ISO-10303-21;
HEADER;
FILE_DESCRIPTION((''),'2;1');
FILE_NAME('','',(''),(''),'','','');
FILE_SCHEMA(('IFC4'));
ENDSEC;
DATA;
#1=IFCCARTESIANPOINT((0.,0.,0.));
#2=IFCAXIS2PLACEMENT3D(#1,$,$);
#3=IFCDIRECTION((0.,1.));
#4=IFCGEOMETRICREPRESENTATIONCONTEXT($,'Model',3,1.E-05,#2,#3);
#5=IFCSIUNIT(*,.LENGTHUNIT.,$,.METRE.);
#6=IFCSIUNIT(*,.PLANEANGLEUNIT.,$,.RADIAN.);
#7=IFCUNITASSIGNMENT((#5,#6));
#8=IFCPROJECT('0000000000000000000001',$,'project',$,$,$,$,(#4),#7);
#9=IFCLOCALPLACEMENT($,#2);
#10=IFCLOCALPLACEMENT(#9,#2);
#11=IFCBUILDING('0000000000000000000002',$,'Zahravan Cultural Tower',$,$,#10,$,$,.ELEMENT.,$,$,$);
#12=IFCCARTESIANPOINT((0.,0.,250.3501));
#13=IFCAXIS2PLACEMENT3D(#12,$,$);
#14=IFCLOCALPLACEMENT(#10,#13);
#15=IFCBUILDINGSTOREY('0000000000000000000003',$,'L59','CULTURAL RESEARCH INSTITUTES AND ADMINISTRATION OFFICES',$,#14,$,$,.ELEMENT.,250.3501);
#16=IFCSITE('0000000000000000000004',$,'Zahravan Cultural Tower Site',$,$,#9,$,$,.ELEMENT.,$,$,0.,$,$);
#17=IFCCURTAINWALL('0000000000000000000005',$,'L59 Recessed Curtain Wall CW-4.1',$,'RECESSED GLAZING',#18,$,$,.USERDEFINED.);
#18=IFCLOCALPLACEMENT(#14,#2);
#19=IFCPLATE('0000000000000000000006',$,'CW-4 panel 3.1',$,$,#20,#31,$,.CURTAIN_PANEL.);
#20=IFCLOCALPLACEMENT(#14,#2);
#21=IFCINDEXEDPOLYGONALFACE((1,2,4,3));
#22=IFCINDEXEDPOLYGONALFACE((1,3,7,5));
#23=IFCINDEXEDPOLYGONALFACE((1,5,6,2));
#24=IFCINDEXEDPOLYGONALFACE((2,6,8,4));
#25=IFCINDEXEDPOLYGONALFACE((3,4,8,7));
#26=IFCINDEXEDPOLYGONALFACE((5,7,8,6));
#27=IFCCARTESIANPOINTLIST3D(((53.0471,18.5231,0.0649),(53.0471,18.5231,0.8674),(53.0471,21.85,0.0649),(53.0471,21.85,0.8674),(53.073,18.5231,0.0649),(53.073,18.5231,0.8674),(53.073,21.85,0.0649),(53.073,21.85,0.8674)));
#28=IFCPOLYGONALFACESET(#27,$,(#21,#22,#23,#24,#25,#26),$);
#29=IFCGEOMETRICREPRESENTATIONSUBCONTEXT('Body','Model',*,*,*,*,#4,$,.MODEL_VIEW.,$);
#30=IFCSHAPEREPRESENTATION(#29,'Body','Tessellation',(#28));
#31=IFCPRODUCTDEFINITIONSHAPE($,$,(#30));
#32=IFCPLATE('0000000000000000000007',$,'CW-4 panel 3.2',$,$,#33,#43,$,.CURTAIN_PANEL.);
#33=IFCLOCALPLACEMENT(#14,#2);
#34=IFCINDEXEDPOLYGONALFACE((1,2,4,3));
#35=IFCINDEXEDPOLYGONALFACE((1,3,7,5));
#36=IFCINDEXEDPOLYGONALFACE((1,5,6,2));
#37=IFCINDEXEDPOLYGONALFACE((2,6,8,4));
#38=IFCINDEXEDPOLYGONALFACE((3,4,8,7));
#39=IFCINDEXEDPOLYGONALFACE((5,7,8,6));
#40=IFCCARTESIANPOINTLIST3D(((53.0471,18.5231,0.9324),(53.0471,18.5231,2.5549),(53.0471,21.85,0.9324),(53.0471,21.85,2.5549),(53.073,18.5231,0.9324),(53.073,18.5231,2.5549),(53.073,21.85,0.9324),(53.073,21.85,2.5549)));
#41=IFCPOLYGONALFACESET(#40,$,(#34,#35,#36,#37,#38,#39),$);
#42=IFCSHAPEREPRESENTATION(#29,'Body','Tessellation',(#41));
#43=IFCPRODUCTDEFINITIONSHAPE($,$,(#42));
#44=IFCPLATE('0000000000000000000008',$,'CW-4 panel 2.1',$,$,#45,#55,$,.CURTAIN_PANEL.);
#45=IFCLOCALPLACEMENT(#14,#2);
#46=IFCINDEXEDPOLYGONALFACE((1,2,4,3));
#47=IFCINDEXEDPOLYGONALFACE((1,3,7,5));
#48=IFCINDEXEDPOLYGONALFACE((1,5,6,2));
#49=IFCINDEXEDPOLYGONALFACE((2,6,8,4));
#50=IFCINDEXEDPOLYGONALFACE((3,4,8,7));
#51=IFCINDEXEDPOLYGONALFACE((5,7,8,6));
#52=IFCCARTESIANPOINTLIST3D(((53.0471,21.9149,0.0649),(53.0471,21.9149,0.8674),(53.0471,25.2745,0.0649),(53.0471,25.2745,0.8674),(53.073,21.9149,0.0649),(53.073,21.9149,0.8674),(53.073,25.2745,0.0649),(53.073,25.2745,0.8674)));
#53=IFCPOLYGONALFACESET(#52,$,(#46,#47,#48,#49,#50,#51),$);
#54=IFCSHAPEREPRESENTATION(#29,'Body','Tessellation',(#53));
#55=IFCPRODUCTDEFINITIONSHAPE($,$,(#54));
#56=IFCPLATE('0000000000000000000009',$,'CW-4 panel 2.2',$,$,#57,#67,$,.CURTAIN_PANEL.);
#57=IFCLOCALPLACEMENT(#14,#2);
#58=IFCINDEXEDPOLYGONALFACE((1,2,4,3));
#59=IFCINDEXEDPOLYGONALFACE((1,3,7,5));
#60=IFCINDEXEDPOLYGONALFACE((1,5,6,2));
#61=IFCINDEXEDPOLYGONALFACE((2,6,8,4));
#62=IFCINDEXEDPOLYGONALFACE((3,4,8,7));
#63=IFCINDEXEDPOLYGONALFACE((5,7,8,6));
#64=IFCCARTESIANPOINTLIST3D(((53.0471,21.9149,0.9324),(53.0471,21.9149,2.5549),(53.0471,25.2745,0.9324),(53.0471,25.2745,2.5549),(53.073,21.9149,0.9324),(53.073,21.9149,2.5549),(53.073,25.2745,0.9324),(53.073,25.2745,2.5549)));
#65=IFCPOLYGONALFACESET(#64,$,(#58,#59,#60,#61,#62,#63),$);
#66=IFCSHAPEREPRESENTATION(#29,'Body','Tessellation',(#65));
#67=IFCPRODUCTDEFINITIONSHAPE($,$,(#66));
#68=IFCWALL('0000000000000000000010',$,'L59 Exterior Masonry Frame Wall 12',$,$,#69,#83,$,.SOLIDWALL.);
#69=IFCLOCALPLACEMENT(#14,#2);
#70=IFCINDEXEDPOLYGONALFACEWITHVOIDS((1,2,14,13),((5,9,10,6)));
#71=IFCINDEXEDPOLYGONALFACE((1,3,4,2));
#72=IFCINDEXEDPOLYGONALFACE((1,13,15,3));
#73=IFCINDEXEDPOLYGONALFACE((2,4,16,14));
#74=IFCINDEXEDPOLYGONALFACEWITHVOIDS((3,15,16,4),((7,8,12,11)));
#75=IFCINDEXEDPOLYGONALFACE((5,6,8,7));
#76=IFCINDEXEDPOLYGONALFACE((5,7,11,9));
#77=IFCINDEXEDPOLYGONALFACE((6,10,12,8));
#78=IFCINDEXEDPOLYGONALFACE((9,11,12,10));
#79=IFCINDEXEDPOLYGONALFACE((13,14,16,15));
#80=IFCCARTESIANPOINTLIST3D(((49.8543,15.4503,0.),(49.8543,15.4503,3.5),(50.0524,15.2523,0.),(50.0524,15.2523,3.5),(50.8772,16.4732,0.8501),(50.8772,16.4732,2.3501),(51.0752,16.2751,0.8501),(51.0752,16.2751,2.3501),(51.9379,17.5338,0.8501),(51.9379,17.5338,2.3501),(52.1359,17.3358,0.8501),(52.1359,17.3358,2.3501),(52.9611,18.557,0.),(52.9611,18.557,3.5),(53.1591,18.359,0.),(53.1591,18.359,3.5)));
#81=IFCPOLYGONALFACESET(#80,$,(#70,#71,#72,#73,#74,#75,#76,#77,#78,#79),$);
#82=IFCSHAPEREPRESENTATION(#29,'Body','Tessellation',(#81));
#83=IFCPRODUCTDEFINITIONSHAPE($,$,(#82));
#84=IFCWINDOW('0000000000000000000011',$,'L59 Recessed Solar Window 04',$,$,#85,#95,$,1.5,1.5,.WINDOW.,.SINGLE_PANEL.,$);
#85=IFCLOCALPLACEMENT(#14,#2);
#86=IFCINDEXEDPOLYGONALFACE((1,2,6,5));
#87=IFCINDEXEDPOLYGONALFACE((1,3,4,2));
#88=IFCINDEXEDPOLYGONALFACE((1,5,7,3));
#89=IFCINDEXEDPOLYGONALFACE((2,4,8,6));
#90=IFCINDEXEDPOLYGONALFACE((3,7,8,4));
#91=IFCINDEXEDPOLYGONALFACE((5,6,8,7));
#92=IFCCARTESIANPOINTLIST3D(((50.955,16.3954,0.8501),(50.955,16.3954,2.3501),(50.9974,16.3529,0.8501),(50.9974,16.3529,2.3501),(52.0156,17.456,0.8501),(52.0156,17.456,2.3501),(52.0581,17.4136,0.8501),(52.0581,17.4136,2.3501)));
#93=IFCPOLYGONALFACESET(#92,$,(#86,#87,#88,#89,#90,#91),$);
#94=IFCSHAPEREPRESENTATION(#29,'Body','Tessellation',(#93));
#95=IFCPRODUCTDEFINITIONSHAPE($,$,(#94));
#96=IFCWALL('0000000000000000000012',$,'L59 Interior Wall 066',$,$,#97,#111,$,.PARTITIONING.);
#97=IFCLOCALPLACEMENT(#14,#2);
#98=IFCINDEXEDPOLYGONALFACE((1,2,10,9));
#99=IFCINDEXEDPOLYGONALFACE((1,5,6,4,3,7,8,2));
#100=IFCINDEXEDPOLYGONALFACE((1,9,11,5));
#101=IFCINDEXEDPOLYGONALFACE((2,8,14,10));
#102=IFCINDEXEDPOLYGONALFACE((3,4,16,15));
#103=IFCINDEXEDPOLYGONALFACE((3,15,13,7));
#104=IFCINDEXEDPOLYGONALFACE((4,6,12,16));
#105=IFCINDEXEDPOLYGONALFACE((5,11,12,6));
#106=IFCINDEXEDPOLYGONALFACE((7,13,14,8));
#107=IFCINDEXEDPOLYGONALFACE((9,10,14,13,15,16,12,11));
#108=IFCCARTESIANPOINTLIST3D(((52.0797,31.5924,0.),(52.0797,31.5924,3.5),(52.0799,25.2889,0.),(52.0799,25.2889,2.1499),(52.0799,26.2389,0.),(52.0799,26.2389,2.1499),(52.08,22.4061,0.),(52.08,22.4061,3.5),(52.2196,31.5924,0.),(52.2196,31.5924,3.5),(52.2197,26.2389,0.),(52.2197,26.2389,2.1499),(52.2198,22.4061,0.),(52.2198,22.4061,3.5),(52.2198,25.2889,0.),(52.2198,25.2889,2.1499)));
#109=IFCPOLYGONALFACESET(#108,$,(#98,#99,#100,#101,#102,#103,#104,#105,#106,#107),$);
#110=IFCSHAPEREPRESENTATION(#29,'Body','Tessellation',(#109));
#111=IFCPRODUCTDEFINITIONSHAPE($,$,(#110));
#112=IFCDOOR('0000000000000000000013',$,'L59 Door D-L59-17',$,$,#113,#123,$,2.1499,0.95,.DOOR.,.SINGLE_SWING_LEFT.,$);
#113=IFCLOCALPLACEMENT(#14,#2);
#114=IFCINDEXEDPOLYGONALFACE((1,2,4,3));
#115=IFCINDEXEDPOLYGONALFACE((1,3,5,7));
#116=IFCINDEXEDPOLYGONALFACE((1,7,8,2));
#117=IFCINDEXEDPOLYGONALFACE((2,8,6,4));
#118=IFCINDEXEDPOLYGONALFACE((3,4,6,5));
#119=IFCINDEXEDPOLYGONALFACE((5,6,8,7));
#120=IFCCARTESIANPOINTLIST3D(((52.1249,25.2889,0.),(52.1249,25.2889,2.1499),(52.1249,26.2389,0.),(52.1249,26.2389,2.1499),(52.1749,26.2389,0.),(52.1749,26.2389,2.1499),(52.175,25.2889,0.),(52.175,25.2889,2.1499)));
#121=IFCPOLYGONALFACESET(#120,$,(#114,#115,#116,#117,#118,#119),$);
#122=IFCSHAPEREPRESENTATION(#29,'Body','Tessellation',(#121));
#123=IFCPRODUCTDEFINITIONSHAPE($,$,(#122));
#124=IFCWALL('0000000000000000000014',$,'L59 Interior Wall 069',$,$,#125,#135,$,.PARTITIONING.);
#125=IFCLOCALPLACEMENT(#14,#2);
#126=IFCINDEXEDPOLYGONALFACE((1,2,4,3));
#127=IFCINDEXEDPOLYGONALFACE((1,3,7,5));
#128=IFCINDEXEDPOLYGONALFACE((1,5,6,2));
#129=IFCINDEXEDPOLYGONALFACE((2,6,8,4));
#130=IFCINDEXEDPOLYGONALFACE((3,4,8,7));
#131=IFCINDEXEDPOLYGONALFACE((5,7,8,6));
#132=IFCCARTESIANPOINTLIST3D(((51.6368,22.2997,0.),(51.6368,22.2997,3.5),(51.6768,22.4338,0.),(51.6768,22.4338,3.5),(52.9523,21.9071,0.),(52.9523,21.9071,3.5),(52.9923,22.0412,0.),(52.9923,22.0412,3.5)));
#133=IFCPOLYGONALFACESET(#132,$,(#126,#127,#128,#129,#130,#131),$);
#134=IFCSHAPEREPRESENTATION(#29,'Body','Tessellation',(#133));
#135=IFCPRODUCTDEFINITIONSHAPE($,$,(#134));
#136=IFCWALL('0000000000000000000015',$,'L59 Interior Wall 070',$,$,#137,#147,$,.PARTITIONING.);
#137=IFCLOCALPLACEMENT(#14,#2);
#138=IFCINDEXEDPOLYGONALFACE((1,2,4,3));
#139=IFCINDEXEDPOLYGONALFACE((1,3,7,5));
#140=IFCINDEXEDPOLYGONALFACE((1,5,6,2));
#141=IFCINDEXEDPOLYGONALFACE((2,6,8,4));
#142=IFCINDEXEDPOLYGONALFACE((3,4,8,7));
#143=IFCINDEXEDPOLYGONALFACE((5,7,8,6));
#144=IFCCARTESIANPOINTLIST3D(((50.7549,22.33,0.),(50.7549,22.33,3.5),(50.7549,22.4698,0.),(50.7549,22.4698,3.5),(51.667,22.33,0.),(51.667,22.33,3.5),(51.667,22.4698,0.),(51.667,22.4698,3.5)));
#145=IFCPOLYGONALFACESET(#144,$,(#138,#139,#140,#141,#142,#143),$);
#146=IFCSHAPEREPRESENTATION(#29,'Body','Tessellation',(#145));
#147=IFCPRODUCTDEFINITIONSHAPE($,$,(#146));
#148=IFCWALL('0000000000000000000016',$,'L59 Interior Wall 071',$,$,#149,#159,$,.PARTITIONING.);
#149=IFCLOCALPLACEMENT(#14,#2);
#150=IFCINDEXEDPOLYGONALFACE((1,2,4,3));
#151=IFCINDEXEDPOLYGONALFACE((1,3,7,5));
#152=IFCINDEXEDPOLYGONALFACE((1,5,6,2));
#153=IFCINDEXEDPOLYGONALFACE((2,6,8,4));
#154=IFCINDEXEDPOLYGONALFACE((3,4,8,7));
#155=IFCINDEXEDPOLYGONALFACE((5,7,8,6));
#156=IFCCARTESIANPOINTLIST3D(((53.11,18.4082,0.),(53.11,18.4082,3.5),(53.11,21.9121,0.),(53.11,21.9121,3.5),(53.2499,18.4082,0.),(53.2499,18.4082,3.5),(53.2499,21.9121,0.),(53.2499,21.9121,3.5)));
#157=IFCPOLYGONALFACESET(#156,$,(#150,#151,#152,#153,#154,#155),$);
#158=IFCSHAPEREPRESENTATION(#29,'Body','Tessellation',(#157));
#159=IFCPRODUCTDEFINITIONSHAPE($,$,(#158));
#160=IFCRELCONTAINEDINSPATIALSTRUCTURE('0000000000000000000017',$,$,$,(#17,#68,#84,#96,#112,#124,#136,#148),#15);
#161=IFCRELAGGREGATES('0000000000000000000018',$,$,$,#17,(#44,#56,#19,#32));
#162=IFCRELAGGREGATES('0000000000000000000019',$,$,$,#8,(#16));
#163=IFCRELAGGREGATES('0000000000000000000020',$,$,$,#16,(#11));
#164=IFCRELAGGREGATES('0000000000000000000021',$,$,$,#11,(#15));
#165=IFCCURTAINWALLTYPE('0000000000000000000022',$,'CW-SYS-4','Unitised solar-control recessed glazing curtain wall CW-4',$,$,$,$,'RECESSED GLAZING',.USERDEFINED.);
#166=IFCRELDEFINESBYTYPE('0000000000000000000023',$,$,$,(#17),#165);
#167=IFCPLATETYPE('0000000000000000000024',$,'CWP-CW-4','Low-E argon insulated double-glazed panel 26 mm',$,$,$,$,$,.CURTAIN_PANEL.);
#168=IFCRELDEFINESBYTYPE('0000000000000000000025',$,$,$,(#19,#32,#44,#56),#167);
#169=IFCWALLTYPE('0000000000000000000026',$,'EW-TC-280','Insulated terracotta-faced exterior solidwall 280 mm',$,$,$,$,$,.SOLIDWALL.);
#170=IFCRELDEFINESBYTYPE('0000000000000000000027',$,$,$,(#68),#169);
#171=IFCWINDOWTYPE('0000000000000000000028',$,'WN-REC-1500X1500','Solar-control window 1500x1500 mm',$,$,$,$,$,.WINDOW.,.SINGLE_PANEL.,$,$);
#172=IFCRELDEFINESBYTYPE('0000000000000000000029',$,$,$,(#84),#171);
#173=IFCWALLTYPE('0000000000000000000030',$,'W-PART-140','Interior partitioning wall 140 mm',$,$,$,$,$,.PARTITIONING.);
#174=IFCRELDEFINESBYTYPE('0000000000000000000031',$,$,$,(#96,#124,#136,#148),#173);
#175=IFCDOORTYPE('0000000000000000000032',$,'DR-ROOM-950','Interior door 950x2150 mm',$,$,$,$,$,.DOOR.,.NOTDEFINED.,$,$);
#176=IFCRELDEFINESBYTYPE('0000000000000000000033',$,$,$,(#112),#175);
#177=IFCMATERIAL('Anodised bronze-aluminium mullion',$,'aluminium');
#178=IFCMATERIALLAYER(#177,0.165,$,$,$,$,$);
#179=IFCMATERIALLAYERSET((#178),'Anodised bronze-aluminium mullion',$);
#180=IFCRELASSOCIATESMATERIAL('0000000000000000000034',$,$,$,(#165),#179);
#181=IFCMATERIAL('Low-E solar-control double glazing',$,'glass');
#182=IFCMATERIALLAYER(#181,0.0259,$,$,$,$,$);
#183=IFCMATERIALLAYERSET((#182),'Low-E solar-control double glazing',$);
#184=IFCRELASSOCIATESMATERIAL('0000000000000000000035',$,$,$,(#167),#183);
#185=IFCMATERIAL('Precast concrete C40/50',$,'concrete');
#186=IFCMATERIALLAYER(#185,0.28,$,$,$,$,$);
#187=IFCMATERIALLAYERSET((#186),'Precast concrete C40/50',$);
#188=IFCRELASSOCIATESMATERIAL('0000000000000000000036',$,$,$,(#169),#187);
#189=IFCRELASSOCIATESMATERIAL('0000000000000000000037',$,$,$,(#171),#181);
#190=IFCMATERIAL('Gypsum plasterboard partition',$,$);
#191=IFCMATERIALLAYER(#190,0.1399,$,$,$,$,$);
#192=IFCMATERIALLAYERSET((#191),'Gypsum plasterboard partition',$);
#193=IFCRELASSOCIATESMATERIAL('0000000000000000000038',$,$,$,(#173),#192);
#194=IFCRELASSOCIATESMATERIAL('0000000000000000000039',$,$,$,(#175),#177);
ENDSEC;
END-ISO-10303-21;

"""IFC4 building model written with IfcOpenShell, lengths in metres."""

from ifc_helpers import new_model, si_unit, direction, frame, frame_2d, origin, origin_2d, place, context, subcontext, project, spatial, rectangle, extrude, source, transform, mapped, material, layer, layer_set, type_object, element, fill, aggregate, save


model = new_model("IFC4")

# Units and contexts
model_context = context("Model", 3, precision=1e-05, world=origin(), true_north=direction((0.0, 1.0)))
body_context = subcontext(model_context, "Body", "Model", "MODEL_VIEW")
ifc_project = project(units=[si_unit("LENGTHUNIT", "METRE"), si_unit("PLANEANGLEUNIT", "RADIAN")], contexts=[model_context])

# Site, building, storey
site_placement = place(None, origin())
site = spatial("IfcSite", under=ifc_project, at=site_placement, Name="Zahravan Cultural Tower Site", CompositionType="ELEMENT", RefElevation=0.0)
building_placement = place(site_placement, origin())
building = spatial("IfcBuilding", under=site, at=building_placement, Name="Zahravan Cultural Tower", CompositionType="ELEMENT")
storey_placement = place(building_placement, frame((0.0, 0.0, 250.3501)))
storey = spatial("IfcBuildingStorey", under=building, at=storey_placement, Name="L59", Description="CULTURAL RESEARCH INSTITUTES AND ADMINISTRATION OFFICES", CompositionType="ELEMENT", Elevation=250.3501)

# Curtain wall, plates
ifc_material_1 = material(Name="Anodised bronze-aluminium mullion", Category="aluminium")
ifc_layer_1 = layer(ifc_material_1, 0.165)
ifc_layer_set_1 = layer_set([ifc_layer_1], Name="Anodised bronze-aluminium mullion")
curtain_wall_type = type_object("IfcCurtainWallType", Name="CW-SYS-4", Description="Unitised solar-control recessed glazing curtain wall CW-4", ElementType="RECESSED GLAZING", PredefinedType="USERDEFINED", material=ifc_layer_set_1)
curtain_wall_placement = place(storey_placement, origin())
curtain_wall = element("IfcCurtainWall", 1, at=curtain_wall_placement, inside=storey, type_object=curtain_wall_type, Name="L59 Recessed Curtain Wall CW-4.1", ObjectType="RECESSED GLAZING", PredefinedType="USERDEFINED")
ifc_material_2 = material(Name="Low-E solar-control double glazing", Category="glass")
ifc_layer_2 = layer(ifc_material_2, 0.0259)
ifc_layer_set_2 = layer_set([ifc_layer_2], Name="Low-E solar-control double glazing")
plate_type = type_object("IfcPlateType", Name="CWP-CW-4", Description="Low-E argon insulated double-glazed panel 26 mm", PredefinedType="CURTAIN_PANEL", material=ifc_layer_set_2)
shared_shape_1 = source(origin(), body_context, "Body", "SweptSolid", [
    extrude(rectangle(XDim=3.3269, YDim=0.0259, at=origin_2d()), origin(), (0.0, 0.0, 1.0), 0.8025),
])
plate_1_placement = place(storey_placement, frame((53.0601, 20.1865, 0.0649), z_axis=(0.0, 0.0, 1.0), x_axis=(0.0, -1.0, 0.0)))
plate_1 = element("IfcPlate", 2, at=plate_1_placement, type_object=plate_type, Name="CW-4 panel 3.1", PredefinedType="CURTAIN_PANEL", context=body_context, shape_type="MappedRepresentation", body=[
    mapped(shared_shape_1, transform((0.0, 0.0, 0.0), x_axis=(1.0, 0.0, 0.0), y_axis=(0.0, 1.0, 0.0), z_axis=(0.0, 0.0, 1.0), scale=1.0)),
])
shared_shape_2 = source(origin(), body_context, "Body", "SweptSolid", [
    extrude(rectangle(XDim=3.3269, YDim=0.0259, at=origin_2d()), origin(), (0.0, 0.0, 1.0), 1.6226),
])
plate_2_placement = place(storey_placement, frame((53.0601, 20.1865, 0.9324), z_axis=(0.0, 0.0, 1.0), x_axis=(0.0, -1.0, 0.0)))
plate_2 = element("IfcPlate", 3, at=plate_2_placement, type_object=plate_type, Name="CW-4 panel 3.2", PredefinedType="CURTAIN_PANEL", context=body_context, shape_type="MappedRepresentation", body=[
    mapped(shared_shape_2, transform((0.0, 0.0, 0.0), x_axis=(1.0, 0.0, 0.0), y_axis=(0.0, 1.0, 0.0), z_axis=(0.0, 0.0, 1.0), scale=1.0)),
])
shared_shape_3 = source(origin(), body_context, "Body", "SweptSolid", [
    extrude(rectangle(XDim=3.3596, YDim=0.0259, at=origin_2d()), origin(), (0.0, 0.0, 1.0), 0.8025),
])
plate_3_placement = place(storey_placement, frame((53.0601, 23.5947, 0.0649), z_axis=(0.0, 0.0, 1.0), x_axis=(0.0, -1.0, 0.0)))
plate_3 = element("IfcPlate", 4, at=plate_3_placement, type_object=plate_type, Name="CW-4 panel 2.1", PredefinedType="CURTAIN_PANEL", context=body_context, shape_type="MappedRepresentation", body=[
    mapped(shared_shape_3, transform((0.0, 0.0, 0.0), x_axis=(1.0, 0.0, 0.0), y_axis=(0.0, 1.0, 0.0), z_axis=(0.0, 0.0, 1.0), scale=1.0)),
])
shared_shape_4 = source(origin(), body_context, "Body", "SweptSolid", [
    extrude(rectangle(XDim=3.3596, YDim=0.0259, at=origin_2d()), origin(), (0.0, 0.0, 1.0), 1.6226),
])
plate_4_placement = place(storey_placement, frame((53.0601, 23.5947, 0.9324), z_axis=(0.0, 0.0, 1.0), x_axis=(0.0, -1.0, 0.0)))
plate_4 = element("IfcPlate", 5, at=plate_4_placement, type_object=plate_type, Name="CW-4 panel 2.2", PredefinedType="CURTAIN_PANEL", context=body_context, shape_type="MappedRepresentation", body=[
    mapped(shared_shape_4, transform((0.0, 0.0, 0.0), x_axis=(1.0, 0.0, 0.0), y_axis=(0.0, 1.0, 0.0), z_axis=(0.0, 0.0, 1.0), scale=1.0)),
])
aggregate(curtain_wall, [plate_3, plate_4, plate_1, plate_2])

# Wall, opening, window
ifc_material_3 = material(Name="Precast concrete C40/50", Category="concrete")
ifc_layer_3 = layer(ifc_material_3, 0.28)
ifc_layer_set_3 = layer_set([ifc_layer_3], Name="Precast concrete C40/50")
wall_type_1 = type_object("IfcWallType", Name="EW-TC-280", Description="Insulated terracotta-faced exterior solidwall 280 mm", PredefinedType="SOLIDWALL", material=ifc_layer_set_3)
wall_1_placement = place(storey_placement, frame((53.0601, 18.458, 0.0), z_axis=(0.0, 0.0, 1.0), x_axis=(-0.707107, -0.707107, 0.0)))
wall_1 = element("IfcWall", 6, at=wall_1_placement, inside=storey, type_object=wall_type_1, Name="L59 Exterior Masonry Frame Wall 12", PredefinedType="SOLIDWALL", context=body_context, shape_type="SweptSolid", body=[
    extrude(rectangle(XDim=4.3936, YDim=0.28, at=frame_2d((2.1968, 0.0))), origin(), (0.0, 0.0, 1.0), 3.5),
])
opening_1_placement = place(wall_1_placement, frame((1.447, 0.0, 0.8501)))
opening_1 = element("IfcOpeningElement", 7, at=opening_1_placement, cuts=wall_1, PredefinedType="OPENING", context=body_context, shape_type="SweptSolid", body=[
    extrude(rectangle(XDim=1.5, YDim=1.5, at=frame_2d((0.75, 0.75))), frame((0.0, 0.1499, 0.0), z_axis=(0.0, -1.0, 0.0), x_axis=(1.0, 0.0, 0.0)), (0.0, 0.0, 1.0), 0.3),
])
window_type = type_object("IfcWindowType", Name="WN-REC-1500X1500", Description="Solar-control window 1500x1500 mm", PartitioningType="SINGLE_PANEL", PredefinedType="WINDOW", material=ifc_material_2)
shared_shape_5 = source(origin(), body_context, "Body", "SweptSolid", [
    extrude(rectangle(XDim=1.5, YDim=1.5, at=frame_2d((0.75, 0.75))), frame((0.0, 0.03, 0.0), z_axis=(0.0, -1.0, 0.0), x_axis=(1.0, 0.0, 0.0)), (0.0, 0.0, 1.0), 0.0601),
])
window_placement = place(opening_1_placement, origin())
window = element("IfcWindow", 8, at=window_placement, inside=storey, type_object=window_type, Name="L59 Recessed Solar Window 04", OverallHeight=1.5, OverallWidth=1.5, PartitioningType="SINGLE_PANEL", PredefinedType="WINDOW", context=body_context, shape_type="MappedRepresentation", body=[
    mapped(shared_shape_5, transform((0.0, 0.0, 0.0), x_axis=(1.0, 0.0, 0.0), y_axis=(0.0, 1.0, 0.0), z_axis=(0.0, 0.0, 1.0), scale=1.0)),
])
fill(opening_1, window)

# Wall, opening, door
ifc_material_4 = material(Name="Gypsum plasterboard partition")
ifc_layer_4 = layer(ifc_material_4, 0.1399)
ifc_layer_set_4 = layer_set([ifc_layer_4], Name="Gypsum plasterboard partition")
wall_type_2 = type_object("IfcWallType", Name="W-PART-140", Description="Interior partitioning wall 140 mm", PredefinedType="PARTITIONING", material=ifc_layer_set_4)
wall_2_placement = place(storey_placement, frame((52.1499, 22.406, 0.0), z_axis=(0.0, 0.0, 1.0), x_axis=(-0.000027, 1.0, 0.0)))
wall_2 = element("IfcWall", 9, at=wall_2_placement, inside=storey, type_object=wall_type_2, Name="L59 Interior Wall 066", PredefinedType="PARTITIONING", context=body_context, shape_type="SweptSolid", body=[
    extrude(rectangle(XDim=9.1863, YDim=0.1399, at=frame_2d((4.5933, 0.0))), origin(), (0.0, 0.0, 1.0), 3.5),
])
opening_2_placement = place(wall_2_placement, frame((2.8828, 0.0, 0.0)))
opening_2 = element("IfcOpeningElement", 10, at=opening_2_placement, cuts=wall_2, PredefinedType="OPENING", context=body_context, shape_type="SweptSolid", body=[
    extrude(rectangle(XDim=0.95, YDim=2.1499, at=frame_2d((0.4751, 1.075))), frame((0.0, 0.0798, 0.0), z_axis=(0.0, -1.0, 0.0), x_axis=(1.0, 0.0, 0.0)), (0.0, 0.0, 1.0), 0.1599),
])
door_type = type_object("IfcDoorType", Name="DR-ROOM-950", Description="Interior door 950x2150 mm", OperationType="NOTDEFINED", PredefinedType="DOOR", material=ifc_material_1)
shared_shape_6 = source(origin(), body_context, "Body", "SweptSolid", [
    extrude(rectangle(XDim=0.95, YDim=2.1499, at=frame_2d((0.4751, 1.075))), frame((0.0, 0.0249, 0.0), z_axis=(0.0, -1.0, 0.0), x_axis=(1.0, 0.0, 0.0)), (0.0, 0.0, 1.0), 0.05),
])
door_placement = place(opening_2_placement, origin())
door = element("IfcDoor", 11, at=door_placement, inside=storey, type_object=door_type, Name="L59 Door D-L59-17", OperationType="SINGLE_SWING_LEFT", OverallHeight=2.1499, OverallWidth=0.95, PredefinedType="DOOR", context=body_context, shape_type="MappedRepresentation", body=[
    mapped(shared_shape_6, transform((0.0, 0.0, 0.0), x_axis=(1.0, 0.0, 0.0), y_axis=(0.0, 1.0, 0.0), z_axis=(0.0, 0.0, 1.0), scale=1.0)),
])
fill(opening_2, door)

# Walls
shared_shape_7 = source(origin(), body_context, "Body", "SweptSolid", [
    extrude(rectangle(XDim=1.3728, YDim=0.1399, at=frame_2d((0.6865, 0.0))), origin(), (0.0, 0.0, 1.0), 3.5),
])
wall_3_placement = place(storey_placement, frame((52.9724, 21.9741, 0.0), z_axis=(0.0, 0.0, 1.0), x_axis=(-0.958236, 0.285977, 0.0)))
element("IfcWall", 12, at=wall_3_placement, inside=storey, type_object=wall_type_2, Name="L59 Interior Wall 069", PredefinedType="PARTITIONING", context=body_context, shape_type="MappedRepresentation", body=[
    mapped(shared_shape_7, transform((0.0, 0.0, 0.0), x_axis=(1.0, 0.0, 0.0), y_axis=(0.0, 1.0, 0.0), z_axis=(0.0, 0.0, 1.0), scale=1.0)),
])
shared_shape_8 = source(origin(), body_context, "Body", "SweptSolid", [
    extrude(rectangle(XDim=0.9121, YDim=0.1399, at=frame_2d((0.4561, 0.0))), origin(), (0.0, 0.0, 1.0), 3.5),
])
wall_4_placement = place(storey_placement, frame((50.7549, 22.3999, 0.0), z_axis=(0.0, 0.0, 1.0), x_axis=(1.0, 0.0, 0.0)))
element("IfcWall", 13, at=wall_4_placement, inside=storey, type_object=wall_type_2, Name="L59 Interior Wall 070", PredefinedType="PARTITIONING", context=body_context, shape_type="MappedRepresentation", body=[
    mapped(shared_shape_8, transform((0.0, 0.0, 0.0), x_axis=(1.0, 0.0, 0.0), y_axis=(0.0, 1.0, 0.0), z_axis=(0.0, 0.0, 1.0), scale=1.0)),
])
shared_shape_9 = source(origin(), body_context, "Body", "SweptSolid", [
    extrude(rectangle(XDim=3.5039, YDim=0.1399, at=frame_2d((1.752, 0.0))), origin(), (0.0, 0.0, 1.0), 3.5),
])
wall_5_placement = place(storey_placement, frame((53.1799, 21.9121, 0.0), z_axis=(0.0, 0.0, 1.0), x_axis=(0.0, -1.0, 0.0)))
element("IfcWall", 14, at=wall_5_placement, inside=storey, type_object=wall_type_2, Name="L59 Interior Wall 071", PredefinedType="PARTITIONING", context=body_context, shape_type="MappedRepresentation", body=[
    mapped(shared_shape_9, transform((0.0, 0.0, 0.0), x_axis=(1.0, 0.0, 0.0), y_axis=(0.0, 1.0, 0.0), z_axis=(0.0, 0.0, 1.0), scale=1.0)),
])

save(model, "model.ifc")
